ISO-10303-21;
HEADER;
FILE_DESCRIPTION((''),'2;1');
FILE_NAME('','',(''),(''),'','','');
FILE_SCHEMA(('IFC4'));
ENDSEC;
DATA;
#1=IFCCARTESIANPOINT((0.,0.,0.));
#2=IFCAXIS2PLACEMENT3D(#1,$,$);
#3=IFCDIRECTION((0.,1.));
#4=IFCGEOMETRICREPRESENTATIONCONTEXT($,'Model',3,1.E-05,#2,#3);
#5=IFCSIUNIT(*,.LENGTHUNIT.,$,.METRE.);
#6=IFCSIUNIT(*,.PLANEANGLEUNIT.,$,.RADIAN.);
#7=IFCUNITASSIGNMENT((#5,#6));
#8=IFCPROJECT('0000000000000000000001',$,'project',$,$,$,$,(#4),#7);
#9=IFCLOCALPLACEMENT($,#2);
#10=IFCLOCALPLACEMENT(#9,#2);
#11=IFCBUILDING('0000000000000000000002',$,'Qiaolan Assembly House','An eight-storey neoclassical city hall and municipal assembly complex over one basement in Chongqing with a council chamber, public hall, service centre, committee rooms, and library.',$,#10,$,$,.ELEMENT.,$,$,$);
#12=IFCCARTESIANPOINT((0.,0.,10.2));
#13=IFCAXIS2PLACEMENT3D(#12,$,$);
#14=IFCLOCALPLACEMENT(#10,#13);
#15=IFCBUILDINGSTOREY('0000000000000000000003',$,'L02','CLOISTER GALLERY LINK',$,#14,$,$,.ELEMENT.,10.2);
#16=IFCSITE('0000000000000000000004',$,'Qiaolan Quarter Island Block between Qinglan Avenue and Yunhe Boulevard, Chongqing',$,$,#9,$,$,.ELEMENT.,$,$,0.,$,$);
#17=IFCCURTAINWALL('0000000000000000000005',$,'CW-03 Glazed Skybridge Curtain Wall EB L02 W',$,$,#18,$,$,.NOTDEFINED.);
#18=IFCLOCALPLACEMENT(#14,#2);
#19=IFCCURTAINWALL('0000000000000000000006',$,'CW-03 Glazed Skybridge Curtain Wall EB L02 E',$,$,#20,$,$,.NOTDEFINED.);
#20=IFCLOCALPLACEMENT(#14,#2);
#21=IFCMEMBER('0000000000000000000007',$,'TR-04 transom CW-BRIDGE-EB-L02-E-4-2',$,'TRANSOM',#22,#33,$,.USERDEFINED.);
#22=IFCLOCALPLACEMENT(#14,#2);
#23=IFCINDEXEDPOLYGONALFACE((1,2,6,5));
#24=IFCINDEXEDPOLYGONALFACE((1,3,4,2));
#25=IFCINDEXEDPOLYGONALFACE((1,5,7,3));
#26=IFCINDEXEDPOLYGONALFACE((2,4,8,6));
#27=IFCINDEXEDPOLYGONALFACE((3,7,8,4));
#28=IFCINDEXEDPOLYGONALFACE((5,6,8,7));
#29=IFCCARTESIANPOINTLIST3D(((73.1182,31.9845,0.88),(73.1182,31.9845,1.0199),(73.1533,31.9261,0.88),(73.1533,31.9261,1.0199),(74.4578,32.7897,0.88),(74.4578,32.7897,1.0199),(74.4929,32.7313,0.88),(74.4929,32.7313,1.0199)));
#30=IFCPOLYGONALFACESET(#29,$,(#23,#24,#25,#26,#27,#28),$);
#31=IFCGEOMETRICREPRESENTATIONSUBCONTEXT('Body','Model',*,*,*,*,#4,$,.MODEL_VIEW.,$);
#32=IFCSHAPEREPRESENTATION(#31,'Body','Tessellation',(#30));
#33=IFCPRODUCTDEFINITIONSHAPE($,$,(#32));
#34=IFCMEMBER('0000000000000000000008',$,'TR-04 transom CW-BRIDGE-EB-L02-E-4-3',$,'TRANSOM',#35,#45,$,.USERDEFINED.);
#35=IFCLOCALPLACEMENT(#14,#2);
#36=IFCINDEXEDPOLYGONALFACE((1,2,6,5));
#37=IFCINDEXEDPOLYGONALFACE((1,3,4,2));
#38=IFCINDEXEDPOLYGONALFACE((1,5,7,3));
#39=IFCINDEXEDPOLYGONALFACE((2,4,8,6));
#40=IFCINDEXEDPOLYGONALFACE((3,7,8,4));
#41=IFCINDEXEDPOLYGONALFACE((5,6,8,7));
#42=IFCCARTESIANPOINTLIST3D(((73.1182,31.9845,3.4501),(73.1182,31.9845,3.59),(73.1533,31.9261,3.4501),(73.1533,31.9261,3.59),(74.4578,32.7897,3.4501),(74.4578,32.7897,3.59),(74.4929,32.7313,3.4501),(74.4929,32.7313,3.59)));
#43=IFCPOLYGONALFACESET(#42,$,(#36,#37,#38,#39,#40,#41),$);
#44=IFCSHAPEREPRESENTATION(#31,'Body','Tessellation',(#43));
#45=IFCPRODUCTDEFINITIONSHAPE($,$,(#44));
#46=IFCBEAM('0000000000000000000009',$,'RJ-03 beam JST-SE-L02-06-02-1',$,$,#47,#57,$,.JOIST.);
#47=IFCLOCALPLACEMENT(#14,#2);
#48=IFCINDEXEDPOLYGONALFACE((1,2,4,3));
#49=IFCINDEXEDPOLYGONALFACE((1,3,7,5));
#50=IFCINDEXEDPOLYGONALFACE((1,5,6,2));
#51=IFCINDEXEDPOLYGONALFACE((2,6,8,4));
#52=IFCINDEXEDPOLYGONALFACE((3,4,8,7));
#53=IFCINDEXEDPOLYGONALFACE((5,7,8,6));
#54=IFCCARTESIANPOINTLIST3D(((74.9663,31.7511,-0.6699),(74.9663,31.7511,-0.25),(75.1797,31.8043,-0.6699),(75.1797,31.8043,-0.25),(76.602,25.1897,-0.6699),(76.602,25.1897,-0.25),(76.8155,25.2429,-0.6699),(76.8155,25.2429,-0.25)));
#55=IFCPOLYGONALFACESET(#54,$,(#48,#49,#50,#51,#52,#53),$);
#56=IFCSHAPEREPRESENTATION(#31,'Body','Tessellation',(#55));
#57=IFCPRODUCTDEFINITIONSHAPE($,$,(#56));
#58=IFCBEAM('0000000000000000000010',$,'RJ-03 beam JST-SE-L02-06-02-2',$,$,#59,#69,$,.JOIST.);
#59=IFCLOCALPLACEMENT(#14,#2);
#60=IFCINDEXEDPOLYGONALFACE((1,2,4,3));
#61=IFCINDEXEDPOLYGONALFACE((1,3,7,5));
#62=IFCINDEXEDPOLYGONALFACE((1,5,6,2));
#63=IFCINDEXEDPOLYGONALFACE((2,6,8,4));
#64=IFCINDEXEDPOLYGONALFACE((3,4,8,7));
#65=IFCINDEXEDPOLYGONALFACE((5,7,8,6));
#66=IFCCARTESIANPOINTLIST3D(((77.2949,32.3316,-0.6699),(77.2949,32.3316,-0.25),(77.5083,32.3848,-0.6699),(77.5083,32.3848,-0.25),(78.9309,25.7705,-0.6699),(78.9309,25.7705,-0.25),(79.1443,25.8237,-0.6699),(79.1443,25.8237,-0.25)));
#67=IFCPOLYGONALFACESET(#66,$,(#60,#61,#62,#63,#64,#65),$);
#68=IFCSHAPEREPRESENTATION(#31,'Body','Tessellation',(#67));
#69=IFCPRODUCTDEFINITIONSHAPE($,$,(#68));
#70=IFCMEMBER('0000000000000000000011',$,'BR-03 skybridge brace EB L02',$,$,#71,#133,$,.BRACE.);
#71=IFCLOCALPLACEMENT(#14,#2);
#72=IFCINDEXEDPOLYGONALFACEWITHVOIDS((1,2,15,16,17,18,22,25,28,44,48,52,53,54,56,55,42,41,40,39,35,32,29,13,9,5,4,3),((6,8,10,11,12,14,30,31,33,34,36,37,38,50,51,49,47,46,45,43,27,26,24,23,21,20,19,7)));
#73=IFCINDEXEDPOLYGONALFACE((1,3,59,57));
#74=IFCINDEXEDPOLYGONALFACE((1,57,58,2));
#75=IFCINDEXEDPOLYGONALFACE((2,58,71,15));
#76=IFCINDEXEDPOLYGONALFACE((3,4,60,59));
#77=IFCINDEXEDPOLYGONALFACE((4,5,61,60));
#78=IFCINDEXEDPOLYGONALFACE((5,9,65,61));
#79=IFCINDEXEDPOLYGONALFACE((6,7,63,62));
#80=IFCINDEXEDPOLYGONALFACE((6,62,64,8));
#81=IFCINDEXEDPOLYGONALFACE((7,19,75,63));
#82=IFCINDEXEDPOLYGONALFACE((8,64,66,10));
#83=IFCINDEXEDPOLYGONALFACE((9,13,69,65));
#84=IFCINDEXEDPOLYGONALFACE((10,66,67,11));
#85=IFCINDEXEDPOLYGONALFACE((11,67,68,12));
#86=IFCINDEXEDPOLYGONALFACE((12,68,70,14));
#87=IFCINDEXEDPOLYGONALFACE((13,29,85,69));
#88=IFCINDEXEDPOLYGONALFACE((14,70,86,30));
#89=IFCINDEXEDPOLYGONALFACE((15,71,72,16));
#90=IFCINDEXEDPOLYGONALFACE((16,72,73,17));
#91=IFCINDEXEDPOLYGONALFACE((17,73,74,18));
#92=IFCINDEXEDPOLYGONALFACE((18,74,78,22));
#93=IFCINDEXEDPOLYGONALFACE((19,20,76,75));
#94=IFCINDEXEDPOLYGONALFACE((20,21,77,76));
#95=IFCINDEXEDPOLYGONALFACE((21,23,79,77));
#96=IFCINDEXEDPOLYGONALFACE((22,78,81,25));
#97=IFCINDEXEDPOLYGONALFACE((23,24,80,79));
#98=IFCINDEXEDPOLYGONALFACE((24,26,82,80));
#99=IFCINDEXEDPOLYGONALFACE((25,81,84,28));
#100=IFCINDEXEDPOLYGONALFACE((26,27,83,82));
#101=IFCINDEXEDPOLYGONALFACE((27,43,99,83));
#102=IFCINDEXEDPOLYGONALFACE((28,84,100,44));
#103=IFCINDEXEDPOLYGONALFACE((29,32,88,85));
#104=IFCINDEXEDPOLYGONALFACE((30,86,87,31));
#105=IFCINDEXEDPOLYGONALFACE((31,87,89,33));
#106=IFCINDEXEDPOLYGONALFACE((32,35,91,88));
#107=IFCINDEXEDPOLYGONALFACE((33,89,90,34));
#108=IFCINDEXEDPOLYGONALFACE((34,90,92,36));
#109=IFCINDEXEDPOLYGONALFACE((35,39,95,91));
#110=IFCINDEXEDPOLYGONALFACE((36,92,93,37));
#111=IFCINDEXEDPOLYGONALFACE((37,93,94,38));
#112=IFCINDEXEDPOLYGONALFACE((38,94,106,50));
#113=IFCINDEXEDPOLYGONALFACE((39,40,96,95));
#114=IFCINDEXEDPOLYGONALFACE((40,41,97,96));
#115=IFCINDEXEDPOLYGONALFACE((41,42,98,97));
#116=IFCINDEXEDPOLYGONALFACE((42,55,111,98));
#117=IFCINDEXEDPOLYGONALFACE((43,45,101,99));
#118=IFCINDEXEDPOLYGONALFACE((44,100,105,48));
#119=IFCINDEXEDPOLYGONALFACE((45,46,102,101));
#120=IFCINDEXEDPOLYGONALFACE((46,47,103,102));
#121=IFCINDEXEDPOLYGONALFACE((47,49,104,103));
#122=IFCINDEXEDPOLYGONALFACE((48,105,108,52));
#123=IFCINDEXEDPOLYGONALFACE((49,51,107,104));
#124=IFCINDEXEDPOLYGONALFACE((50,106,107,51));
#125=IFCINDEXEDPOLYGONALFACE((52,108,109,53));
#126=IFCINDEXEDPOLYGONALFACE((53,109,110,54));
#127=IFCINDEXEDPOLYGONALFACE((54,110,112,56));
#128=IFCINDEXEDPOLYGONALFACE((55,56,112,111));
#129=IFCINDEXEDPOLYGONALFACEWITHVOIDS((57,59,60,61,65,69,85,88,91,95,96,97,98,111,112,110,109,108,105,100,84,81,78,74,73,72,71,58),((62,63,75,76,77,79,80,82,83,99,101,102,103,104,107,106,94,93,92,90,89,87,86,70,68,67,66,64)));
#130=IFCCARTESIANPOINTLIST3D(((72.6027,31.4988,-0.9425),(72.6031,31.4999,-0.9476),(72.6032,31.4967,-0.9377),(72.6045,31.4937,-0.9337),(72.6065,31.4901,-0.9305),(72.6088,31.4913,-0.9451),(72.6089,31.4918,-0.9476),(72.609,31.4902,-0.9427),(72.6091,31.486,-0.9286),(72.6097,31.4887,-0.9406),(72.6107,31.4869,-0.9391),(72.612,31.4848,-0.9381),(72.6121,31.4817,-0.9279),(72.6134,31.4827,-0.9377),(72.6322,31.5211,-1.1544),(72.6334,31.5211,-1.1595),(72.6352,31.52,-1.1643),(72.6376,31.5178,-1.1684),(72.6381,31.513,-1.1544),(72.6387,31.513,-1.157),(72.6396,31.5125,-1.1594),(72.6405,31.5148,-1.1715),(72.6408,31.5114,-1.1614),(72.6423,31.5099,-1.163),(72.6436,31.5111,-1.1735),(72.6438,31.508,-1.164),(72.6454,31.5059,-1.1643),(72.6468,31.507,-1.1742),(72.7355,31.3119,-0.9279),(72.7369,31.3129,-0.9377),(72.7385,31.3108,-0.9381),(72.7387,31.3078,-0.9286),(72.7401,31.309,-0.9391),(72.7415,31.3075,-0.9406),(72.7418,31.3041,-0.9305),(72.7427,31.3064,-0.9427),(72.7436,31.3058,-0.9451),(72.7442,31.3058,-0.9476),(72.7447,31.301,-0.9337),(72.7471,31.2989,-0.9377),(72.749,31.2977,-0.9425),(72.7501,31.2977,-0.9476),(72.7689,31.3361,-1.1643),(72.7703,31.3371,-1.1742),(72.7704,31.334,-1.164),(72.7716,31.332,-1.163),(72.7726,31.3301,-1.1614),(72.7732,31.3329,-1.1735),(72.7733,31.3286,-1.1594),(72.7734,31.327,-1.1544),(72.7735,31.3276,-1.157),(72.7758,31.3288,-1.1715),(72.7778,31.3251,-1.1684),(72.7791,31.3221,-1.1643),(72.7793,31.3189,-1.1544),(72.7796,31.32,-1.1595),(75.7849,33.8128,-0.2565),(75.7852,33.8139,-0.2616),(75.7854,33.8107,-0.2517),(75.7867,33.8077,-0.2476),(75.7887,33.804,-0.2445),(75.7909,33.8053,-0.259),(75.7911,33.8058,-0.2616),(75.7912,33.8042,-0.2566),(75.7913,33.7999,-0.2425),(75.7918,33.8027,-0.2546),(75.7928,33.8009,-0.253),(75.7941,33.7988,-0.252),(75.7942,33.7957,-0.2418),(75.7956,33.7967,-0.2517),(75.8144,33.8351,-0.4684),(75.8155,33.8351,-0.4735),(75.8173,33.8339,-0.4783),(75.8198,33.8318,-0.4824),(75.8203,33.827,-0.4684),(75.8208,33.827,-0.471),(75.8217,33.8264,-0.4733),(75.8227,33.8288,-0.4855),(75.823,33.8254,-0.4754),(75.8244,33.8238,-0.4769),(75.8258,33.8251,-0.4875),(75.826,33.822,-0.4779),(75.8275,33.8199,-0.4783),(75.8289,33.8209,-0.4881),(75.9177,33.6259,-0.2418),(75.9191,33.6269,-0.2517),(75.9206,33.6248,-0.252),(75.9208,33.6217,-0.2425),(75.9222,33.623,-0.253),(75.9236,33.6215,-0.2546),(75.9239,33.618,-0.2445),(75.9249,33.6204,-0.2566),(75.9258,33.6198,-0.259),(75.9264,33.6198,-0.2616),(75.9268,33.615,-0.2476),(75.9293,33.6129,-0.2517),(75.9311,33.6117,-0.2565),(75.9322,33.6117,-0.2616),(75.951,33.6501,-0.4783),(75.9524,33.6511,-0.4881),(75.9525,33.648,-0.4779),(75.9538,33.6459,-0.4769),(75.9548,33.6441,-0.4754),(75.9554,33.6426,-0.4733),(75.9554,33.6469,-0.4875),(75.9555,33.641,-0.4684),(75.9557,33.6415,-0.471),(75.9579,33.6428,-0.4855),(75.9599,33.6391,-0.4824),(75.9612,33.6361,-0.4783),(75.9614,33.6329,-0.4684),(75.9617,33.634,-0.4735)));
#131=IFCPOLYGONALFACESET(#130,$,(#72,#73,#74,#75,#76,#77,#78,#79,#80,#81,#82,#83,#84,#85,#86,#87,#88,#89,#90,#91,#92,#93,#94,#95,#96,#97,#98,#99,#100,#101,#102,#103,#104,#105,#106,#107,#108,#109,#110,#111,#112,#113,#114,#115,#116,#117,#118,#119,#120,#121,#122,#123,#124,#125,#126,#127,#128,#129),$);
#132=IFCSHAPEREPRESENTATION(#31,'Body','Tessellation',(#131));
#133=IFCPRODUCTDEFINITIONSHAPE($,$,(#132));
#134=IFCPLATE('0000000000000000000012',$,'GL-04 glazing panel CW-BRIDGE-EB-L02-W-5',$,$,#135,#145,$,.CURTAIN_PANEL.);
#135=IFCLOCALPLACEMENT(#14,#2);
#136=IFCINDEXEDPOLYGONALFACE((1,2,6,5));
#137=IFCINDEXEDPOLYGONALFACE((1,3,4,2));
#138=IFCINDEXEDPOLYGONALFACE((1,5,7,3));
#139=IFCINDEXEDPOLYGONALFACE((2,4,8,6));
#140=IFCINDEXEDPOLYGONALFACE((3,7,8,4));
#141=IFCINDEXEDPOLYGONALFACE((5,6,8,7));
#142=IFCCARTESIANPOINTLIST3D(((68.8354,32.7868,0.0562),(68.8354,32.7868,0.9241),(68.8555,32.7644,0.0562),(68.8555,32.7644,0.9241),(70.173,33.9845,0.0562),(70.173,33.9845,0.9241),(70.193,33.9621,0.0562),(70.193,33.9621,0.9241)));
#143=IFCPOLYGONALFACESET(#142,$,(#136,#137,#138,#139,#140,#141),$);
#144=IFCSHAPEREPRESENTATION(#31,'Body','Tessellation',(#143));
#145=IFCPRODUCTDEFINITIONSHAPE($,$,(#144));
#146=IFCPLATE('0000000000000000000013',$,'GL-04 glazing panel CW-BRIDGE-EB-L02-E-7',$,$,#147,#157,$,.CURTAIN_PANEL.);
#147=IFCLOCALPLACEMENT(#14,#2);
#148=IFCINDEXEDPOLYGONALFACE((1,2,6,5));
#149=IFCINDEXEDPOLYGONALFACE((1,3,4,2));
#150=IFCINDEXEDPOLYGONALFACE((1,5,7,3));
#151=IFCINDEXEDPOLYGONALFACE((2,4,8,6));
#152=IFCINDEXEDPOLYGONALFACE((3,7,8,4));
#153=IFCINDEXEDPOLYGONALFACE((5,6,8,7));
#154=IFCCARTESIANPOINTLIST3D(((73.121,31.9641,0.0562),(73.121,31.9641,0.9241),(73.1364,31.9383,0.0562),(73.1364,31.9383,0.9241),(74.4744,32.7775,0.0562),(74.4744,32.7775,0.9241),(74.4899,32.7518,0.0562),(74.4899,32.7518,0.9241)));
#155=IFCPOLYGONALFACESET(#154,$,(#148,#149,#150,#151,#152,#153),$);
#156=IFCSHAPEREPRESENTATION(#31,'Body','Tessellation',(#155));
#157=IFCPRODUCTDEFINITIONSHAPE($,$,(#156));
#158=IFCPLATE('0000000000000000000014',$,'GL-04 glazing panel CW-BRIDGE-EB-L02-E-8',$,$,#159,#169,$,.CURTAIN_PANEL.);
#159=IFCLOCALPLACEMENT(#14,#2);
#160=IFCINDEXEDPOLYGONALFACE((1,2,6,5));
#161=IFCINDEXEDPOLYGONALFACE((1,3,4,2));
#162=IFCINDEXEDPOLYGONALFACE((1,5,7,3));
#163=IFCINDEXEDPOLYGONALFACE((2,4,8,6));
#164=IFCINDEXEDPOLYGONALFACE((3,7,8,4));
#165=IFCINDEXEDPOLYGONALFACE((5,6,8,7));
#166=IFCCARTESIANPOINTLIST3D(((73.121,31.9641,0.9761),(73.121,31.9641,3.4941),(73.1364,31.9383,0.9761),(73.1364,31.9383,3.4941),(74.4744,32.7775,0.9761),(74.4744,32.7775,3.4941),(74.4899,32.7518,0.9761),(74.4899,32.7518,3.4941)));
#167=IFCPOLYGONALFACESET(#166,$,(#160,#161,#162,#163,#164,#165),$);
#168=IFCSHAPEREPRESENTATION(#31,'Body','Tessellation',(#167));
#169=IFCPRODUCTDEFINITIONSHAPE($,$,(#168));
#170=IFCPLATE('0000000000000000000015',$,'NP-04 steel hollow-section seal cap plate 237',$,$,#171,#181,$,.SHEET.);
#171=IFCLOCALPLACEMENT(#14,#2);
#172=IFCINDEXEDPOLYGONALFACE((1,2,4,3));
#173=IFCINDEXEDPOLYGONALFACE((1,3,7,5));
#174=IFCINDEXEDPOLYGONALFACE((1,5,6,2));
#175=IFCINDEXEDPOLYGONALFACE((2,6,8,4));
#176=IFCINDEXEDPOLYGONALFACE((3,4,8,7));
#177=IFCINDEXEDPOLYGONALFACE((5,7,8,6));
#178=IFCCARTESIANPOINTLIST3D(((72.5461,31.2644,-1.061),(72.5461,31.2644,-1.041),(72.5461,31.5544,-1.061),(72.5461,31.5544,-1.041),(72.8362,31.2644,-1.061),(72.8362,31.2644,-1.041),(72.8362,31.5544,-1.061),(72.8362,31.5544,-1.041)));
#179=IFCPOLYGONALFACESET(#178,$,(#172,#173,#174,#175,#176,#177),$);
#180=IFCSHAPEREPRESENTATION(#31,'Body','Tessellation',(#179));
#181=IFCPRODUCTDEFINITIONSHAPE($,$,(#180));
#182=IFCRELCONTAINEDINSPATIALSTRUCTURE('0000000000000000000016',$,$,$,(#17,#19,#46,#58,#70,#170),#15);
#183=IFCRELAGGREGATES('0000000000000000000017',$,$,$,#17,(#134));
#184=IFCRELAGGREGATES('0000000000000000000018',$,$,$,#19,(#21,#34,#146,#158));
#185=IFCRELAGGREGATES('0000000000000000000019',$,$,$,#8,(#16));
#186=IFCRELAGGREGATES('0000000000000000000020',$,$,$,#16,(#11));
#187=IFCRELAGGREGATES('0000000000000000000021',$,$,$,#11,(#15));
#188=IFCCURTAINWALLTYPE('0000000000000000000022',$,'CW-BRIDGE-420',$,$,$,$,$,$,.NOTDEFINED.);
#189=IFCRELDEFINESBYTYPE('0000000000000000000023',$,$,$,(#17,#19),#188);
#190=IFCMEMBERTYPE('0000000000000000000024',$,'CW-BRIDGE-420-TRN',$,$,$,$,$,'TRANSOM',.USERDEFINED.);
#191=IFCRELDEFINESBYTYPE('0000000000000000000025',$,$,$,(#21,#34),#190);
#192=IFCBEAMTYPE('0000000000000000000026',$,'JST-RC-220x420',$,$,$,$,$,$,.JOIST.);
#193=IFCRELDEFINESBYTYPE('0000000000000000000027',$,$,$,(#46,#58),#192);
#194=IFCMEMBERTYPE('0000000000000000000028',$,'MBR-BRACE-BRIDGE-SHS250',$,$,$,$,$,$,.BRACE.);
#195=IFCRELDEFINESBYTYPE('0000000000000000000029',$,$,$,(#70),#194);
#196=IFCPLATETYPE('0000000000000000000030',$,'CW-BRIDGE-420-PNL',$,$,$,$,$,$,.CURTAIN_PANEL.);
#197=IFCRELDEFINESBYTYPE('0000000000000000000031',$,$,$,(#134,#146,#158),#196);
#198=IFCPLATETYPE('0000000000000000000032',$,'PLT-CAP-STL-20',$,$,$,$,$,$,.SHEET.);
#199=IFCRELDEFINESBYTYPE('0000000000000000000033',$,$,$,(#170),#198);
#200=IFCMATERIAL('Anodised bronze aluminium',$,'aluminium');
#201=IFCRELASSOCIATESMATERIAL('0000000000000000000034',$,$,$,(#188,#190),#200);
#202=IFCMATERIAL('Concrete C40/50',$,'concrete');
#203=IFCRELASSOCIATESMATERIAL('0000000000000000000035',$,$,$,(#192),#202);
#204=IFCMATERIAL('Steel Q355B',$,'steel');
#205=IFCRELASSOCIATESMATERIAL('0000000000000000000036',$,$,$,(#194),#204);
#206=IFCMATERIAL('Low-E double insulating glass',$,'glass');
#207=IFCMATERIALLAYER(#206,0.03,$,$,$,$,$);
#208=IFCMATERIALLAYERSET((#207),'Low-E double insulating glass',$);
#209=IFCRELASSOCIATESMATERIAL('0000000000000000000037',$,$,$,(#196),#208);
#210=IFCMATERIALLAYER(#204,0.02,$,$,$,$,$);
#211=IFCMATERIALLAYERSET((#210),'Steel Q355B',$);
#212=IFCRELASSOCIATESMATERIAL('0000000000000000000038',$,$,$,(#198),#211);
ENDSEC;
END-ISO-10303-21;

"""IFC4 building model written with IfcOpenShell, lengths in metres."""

from ifc_helpers import new_model, si_unit, direction, frame, frame_2d, origin, origin_2d, place, context, subcontext, project, spatial, rectangle, hollow_rectangle, extrude, material, layer, layer_set, material_profile, profile_set, type_object, element, aggregate, save


model = new_model("IFC4")

# Units and contexts
model_context = context("Model", 3, precision=1e-05, world=origin(), true_north=direction((0.0, 1.0)))
body_context = subcontext(model_context, "Body", "Model", "MODEL_VIEW")
ifc_project = project(units=[si_unit("LENGTHUNIT", "METRE"), si_unit("PLANEANGLEUNIT", "RADIAN")], contexts=[model_context])

# Site, building, storey
site_placement = place(None, origin())
site = spatial("IfcSite", under=ifc_project, at=site_placement, Name="Qiaolan Quarter Island Block between Qinglan Avenue and Yunhe Boulevard, Chongqing", CompositionType="ELEMENT", RefElevation=0.0)
building_placement = place(site_placement, origin())
building = spatial("IfcBuilding", under=site, at=building_placement, Name="Qiaolan Assembly House", Description="An eight-storey neoclassical city hall and municipal assembly complex over one basement in Chongqing with a council chamber, public hall, service centre, committee rooms, and library.", CompositionType="ELEMENT")
storey_placement = place(building_placement, frame((0.0, 0.0, 10.2)))
storey = spatial("IfcBuildingStorey", under=building, at=storey_placement, Name="L02", Description="CLOISTER GALLERY LINK", CompositionType="ELEMENT", Elevation=10.2)

# Shared definitions
ifc_material_1 = material(Name="Concrete C40/50", Category="concrete")

# Shared definitions
ifc_material_2 = material(Name="Steel Q355B", Category="steel")

# Curtain wall
ifc_material_3 = material(Name="Anodised bronze aluminium", Category="aluminium")
curtain_wall_type = type_object("IfcCurtainWallType", Name="CW-BRIDGE-420", PredefinedType="NOTDEFINED", material=ifc_material_3)
curtain_wall_1_placement = place(storey_placement, origin())
curtain_wall_1 = element("IfcCurtainWall", 1, at=curtain_wall_1_placement, inside=storey, type_object=curtain_wall_type, Name="CW-03 Glazed Skybridge Curtain Wall EB L02 W", PredefinedType="NOTDEFINED")

# Curtain wall, members
curtain_wall_2_placement = place(storey_placement, origin())
curtain_wall_2 = element("IfcCurtainWall", 2, at=curtain_wall_2_placement, inside=storey, type_object=curtain_wall_type, Name="CW-03 Glazed Skybridge Curtain Wall EB L02 E", PredefinedType="NOTDEFINED")
ifc_material_profile_1 = material_profile(ifc_material_3, rectangle(XDim=0.0681, YDim=0.1399, at=origin_2d()), Name="TRN 68x140")
ifc_profile_set_1 = profile_set([ifc_material_profile_1], Name="Anodised bronze aluminium")
member_type_1 = type_object("IfcMemberType", Name="CW-BRIDGE-420-TRN", ElementType="TRANSOM", PredefinedType="USERDEFINED", material=ifc_profile_set_1)
member_1_placement = place(storey_placement, frame((74.4753, 32.7605, 0.95), z_axis=(-0.857093, -0.515162, 0.0), x_axis=(0.515162, -0.857093, 0.0)))
member_1 = element("IfcMember", 3, at=member_1_placement, type_object=member_type_1, Name="TR-04 transom CW-BRIDGE-EB-L02-E-4-2", ObjectType="TRANSOM", PredefinedType="USERDEFINED", context=body_context, shape_type="SweptSolid", body=[
    extrude(rectangle(XDim=0.0681, YDim=0.1399, at=origin_2d()), origin(), (0.0, 0.0, 1.0), 1.563),
])
member_2_placement = place(storey_placement, frame((74.4753, 32.7605, 3.52), z_axis=(-0.857093, -0.515162, 0.0), x_axis=(0.515162, -0.857093, 0.0)))
member_2 = element("IfcMember", 4, at=member_2_placement, type_object=member_type_1, Name="TR-04 transom CW-BRIDGE-EB-L02-E-4-3", ObjectType="TRANSOM", PredefinedType="USERDEFINED", context=body_context, shape_type="SweptSolid", body=[
    extrude(rectangle(XDim=0.0681, YDim=0.1399, at=origin_2d()), origin(), (0.0, 0.0, 1.0), 1.563),
])

# Beams
ifc_material_profile_2 = material_profile(ifc_material_1, rectangle(XDim=0.22, YDim=0.4199, at=origin_2d()), Name="RCB 220x420")
ifc_profile_set_2 = profile_set([ifc_material_profile_2], Name="Concrete C40/50")
beam_type_1 = type_object("IfcBeamType", Name="JST-RC-220x420", PredefinedType="JOIST", material=ifc_profile_set_2)
beam_1_placement = place(storey_placement, frame((76.7087, 25.2163, -0.46), z_axis=(-0.241898, 0.970302, 0.0), x_axis=(-0.970302, -0.241898, 0.0)))
element("IfcBeam", 5, at=beam_1_placement, inside=storey, type_object=beam_type_1, Name="RJ-03 beam JST-SE-L02-06-02-1", PredefinedType="JOIST", context=body_context, shape_type="SweptSolid", body=[
    extrude(rectangle(XDim=0.22, YDim=0.4199, at=origin_2d()), origin(), (0.0, 0.0, 1.0), 6.7622),
])
beam_2_placement = place(storey_placement, frame((79.0376, 25.7971, -0.46), z_axis=(-0.241941, 0.970291, 0.0), x_axis=(-0.970291, -0.241941, 0.0)))
element("IfcBeam", 6, at=beam_2_placement, inside=storey, type_object=beam_type_1, Name="RJ-03 beam JST-SE-L02-06-02-2", PredefinedType="JOIST", context=body_context, shape_type="SweptSolid", body=[
    extrude(rectangle(XDim=0.22, YDim=0.4199, at=origin_2d()), origin(), (0.0, 0.0, 1.0), 6.762),
])

# Member
ifc_material_profile_3 = material_profile(ifc_material_2, hollow_rectangle(XDim=0.25, YDim=0.25, WallThickness=0.01, InnerFilletRadius=0.01, OuterFilletRadius=0.02, at=origin_2d()), Name="SHS 250x250x10")
ifc_profile_set_3 = profile_set([ifc_material_profile_3], Name="Steel Q355B")
member_type_2 = type_object("IfcMemberType", Name="MBR-BRACE-BRIDGE-SHS250", PredefinedType="BRACE", material=ifc_profile_set_3)
member_3_placement = place(storey_placement, frame((72.6912, 31.4094, -1.051), z_axis=(0.796753, 0.579379, 0.171772), x_axis=(-0.58812, 0.808774, 0.0)))
element("IfcMember", 7, at=member_3_placement, inside=storey, type_object=member_type_2, Name="BR-03 skybridge brace EB L02", PredefinedType="BRACE", context=body_context, shape_type="SweptSolid", body=[
    extrude(hollow_rectangle(XDim=0.25, YDim=0.25, WallThickness=0.01, InnerFilletRadius=0.01, OuterFilletRadius=0.02, at=origin_2d()), origin(), (0.0, 0.0, 1.0), 3.9939),
])

# Plates
ifc_material_4 = material(Name="Low-E double insulating glass", Category="glass")
ifc_layer_1 = layer(ifc_material_4, 0.03)
ifc_layer_set_1 = layer_set([ifc_layer_1], Name="Low-E double insulating glass")
plate_type_1 = type_object("IfcPlateType", Name="CW-BRIDGE-420-PNL", PredefinedType="CURTAIN_PANEL", material=ifc_layer_set_1)
plate_1_placement = place(storey_placement, frame((68.8455, 32.7756, 0.0562), z_axis=(0.0, 0.0, 1.0), x_axis=(0.744989, 0.667077, 0.0)))
plate_1 = element("IfcPlate", 8, at=plate_1_placement, type_object=plate_type_1, Name="GL-04 glazing panel CW-BRIDGE-EB-L02-W-5", PredefinedType="CURTAIN_PANEL", context=body_context, shape_type="SweptSolid", body=[
    extrude(rectangle(XDim=1.7954, YDim=0.03, at=frame_2d((0.8977, 0.0))), origin(), (0.0, 0.0, 1.0), 0.8679),
])
aggregate(curtain_wall_1, [plate_1])
plate_2_placement = place(storey_placement, frame((74.4822, 32.7646, 0.0562), z_axis=(0.0, 0.0, 1.0), x_axis=(-0.857111, -0.515132, 0.0)))
plate_2 = element("IfcPlate", 9, at=plate_2_placement, type_object=plate_type_1, Name="GL-04 glazing panel CW-BRIDGE-EB-L02-E-7", PredefinedType="CURTAIN_PANEL", context=body_context, shape_type="SweptSolid", body=[
    extrude(rectangle(XDim=1.5791, YDim=0.03, at=frame_2d((0.7896, 0.0))), origin(), (0.0, 0.0, 1.0), 0.8679),
])
plate_3_placement = place(storey_placement, frame((74.4822, 32.7646, 0.9761), z_axis=(0.0, 0.0, 1.0), x_axis=(-0.857111, -0.515132, 0.0)))
plate_3 = element("IfcPlate", 10, at=plate_3_placement, type_object=plate_type_1, Name="GL-04 glazing panel CW-BRIDGE-EB-L02-E-8", PredefinedType="CURTAIN_PANEL", context=body_context, shape_type="SweptSolid", body=[
    extrude(rectangle(XDim=1.5791, YDim=0.03, at=frame_2d((0.7896, 0.0))), origin(), (0.0, 0.0, 1.0), 2.5181),
])
aggregate(curtain_wall_2, [member_1, member_2, plate_2, plate_3])

# Plate
ifc_layer_2 = layer(ifc_material_2, 0.02)
ifc_layer_set_2 = layer_set([ifc_layer_2], Name="Steel Q355B")
plate_type_2 = type_object("IfcPlateType", Name="PLT-CAP-STL-20", PredefinedType="SHEET", material=ifc_layer_set_2)
plate_4_placement = place(storey_placement, frame((72.6912, 31.4094, -1.061), z_axis=(0.0, 0.0, 1.0), x_axis=(1.0, 0.0, 0.0)))
element("IfcPlate", 11, at=plate_4_placement, inside=storey, type_object=plate_type_2, Name="NP-04 steel hollow-section seal cap plate 237", PredefinedType="SHEET", context=body_context, shape_type="SweptSolid", body=[
    extrude(rectangle(XDim=0.29, YDim=0.29, at=origin_2d()), origin(), (0.0, 0.0, 1.0), 0.02),
])

save(model, "model.ifc")
